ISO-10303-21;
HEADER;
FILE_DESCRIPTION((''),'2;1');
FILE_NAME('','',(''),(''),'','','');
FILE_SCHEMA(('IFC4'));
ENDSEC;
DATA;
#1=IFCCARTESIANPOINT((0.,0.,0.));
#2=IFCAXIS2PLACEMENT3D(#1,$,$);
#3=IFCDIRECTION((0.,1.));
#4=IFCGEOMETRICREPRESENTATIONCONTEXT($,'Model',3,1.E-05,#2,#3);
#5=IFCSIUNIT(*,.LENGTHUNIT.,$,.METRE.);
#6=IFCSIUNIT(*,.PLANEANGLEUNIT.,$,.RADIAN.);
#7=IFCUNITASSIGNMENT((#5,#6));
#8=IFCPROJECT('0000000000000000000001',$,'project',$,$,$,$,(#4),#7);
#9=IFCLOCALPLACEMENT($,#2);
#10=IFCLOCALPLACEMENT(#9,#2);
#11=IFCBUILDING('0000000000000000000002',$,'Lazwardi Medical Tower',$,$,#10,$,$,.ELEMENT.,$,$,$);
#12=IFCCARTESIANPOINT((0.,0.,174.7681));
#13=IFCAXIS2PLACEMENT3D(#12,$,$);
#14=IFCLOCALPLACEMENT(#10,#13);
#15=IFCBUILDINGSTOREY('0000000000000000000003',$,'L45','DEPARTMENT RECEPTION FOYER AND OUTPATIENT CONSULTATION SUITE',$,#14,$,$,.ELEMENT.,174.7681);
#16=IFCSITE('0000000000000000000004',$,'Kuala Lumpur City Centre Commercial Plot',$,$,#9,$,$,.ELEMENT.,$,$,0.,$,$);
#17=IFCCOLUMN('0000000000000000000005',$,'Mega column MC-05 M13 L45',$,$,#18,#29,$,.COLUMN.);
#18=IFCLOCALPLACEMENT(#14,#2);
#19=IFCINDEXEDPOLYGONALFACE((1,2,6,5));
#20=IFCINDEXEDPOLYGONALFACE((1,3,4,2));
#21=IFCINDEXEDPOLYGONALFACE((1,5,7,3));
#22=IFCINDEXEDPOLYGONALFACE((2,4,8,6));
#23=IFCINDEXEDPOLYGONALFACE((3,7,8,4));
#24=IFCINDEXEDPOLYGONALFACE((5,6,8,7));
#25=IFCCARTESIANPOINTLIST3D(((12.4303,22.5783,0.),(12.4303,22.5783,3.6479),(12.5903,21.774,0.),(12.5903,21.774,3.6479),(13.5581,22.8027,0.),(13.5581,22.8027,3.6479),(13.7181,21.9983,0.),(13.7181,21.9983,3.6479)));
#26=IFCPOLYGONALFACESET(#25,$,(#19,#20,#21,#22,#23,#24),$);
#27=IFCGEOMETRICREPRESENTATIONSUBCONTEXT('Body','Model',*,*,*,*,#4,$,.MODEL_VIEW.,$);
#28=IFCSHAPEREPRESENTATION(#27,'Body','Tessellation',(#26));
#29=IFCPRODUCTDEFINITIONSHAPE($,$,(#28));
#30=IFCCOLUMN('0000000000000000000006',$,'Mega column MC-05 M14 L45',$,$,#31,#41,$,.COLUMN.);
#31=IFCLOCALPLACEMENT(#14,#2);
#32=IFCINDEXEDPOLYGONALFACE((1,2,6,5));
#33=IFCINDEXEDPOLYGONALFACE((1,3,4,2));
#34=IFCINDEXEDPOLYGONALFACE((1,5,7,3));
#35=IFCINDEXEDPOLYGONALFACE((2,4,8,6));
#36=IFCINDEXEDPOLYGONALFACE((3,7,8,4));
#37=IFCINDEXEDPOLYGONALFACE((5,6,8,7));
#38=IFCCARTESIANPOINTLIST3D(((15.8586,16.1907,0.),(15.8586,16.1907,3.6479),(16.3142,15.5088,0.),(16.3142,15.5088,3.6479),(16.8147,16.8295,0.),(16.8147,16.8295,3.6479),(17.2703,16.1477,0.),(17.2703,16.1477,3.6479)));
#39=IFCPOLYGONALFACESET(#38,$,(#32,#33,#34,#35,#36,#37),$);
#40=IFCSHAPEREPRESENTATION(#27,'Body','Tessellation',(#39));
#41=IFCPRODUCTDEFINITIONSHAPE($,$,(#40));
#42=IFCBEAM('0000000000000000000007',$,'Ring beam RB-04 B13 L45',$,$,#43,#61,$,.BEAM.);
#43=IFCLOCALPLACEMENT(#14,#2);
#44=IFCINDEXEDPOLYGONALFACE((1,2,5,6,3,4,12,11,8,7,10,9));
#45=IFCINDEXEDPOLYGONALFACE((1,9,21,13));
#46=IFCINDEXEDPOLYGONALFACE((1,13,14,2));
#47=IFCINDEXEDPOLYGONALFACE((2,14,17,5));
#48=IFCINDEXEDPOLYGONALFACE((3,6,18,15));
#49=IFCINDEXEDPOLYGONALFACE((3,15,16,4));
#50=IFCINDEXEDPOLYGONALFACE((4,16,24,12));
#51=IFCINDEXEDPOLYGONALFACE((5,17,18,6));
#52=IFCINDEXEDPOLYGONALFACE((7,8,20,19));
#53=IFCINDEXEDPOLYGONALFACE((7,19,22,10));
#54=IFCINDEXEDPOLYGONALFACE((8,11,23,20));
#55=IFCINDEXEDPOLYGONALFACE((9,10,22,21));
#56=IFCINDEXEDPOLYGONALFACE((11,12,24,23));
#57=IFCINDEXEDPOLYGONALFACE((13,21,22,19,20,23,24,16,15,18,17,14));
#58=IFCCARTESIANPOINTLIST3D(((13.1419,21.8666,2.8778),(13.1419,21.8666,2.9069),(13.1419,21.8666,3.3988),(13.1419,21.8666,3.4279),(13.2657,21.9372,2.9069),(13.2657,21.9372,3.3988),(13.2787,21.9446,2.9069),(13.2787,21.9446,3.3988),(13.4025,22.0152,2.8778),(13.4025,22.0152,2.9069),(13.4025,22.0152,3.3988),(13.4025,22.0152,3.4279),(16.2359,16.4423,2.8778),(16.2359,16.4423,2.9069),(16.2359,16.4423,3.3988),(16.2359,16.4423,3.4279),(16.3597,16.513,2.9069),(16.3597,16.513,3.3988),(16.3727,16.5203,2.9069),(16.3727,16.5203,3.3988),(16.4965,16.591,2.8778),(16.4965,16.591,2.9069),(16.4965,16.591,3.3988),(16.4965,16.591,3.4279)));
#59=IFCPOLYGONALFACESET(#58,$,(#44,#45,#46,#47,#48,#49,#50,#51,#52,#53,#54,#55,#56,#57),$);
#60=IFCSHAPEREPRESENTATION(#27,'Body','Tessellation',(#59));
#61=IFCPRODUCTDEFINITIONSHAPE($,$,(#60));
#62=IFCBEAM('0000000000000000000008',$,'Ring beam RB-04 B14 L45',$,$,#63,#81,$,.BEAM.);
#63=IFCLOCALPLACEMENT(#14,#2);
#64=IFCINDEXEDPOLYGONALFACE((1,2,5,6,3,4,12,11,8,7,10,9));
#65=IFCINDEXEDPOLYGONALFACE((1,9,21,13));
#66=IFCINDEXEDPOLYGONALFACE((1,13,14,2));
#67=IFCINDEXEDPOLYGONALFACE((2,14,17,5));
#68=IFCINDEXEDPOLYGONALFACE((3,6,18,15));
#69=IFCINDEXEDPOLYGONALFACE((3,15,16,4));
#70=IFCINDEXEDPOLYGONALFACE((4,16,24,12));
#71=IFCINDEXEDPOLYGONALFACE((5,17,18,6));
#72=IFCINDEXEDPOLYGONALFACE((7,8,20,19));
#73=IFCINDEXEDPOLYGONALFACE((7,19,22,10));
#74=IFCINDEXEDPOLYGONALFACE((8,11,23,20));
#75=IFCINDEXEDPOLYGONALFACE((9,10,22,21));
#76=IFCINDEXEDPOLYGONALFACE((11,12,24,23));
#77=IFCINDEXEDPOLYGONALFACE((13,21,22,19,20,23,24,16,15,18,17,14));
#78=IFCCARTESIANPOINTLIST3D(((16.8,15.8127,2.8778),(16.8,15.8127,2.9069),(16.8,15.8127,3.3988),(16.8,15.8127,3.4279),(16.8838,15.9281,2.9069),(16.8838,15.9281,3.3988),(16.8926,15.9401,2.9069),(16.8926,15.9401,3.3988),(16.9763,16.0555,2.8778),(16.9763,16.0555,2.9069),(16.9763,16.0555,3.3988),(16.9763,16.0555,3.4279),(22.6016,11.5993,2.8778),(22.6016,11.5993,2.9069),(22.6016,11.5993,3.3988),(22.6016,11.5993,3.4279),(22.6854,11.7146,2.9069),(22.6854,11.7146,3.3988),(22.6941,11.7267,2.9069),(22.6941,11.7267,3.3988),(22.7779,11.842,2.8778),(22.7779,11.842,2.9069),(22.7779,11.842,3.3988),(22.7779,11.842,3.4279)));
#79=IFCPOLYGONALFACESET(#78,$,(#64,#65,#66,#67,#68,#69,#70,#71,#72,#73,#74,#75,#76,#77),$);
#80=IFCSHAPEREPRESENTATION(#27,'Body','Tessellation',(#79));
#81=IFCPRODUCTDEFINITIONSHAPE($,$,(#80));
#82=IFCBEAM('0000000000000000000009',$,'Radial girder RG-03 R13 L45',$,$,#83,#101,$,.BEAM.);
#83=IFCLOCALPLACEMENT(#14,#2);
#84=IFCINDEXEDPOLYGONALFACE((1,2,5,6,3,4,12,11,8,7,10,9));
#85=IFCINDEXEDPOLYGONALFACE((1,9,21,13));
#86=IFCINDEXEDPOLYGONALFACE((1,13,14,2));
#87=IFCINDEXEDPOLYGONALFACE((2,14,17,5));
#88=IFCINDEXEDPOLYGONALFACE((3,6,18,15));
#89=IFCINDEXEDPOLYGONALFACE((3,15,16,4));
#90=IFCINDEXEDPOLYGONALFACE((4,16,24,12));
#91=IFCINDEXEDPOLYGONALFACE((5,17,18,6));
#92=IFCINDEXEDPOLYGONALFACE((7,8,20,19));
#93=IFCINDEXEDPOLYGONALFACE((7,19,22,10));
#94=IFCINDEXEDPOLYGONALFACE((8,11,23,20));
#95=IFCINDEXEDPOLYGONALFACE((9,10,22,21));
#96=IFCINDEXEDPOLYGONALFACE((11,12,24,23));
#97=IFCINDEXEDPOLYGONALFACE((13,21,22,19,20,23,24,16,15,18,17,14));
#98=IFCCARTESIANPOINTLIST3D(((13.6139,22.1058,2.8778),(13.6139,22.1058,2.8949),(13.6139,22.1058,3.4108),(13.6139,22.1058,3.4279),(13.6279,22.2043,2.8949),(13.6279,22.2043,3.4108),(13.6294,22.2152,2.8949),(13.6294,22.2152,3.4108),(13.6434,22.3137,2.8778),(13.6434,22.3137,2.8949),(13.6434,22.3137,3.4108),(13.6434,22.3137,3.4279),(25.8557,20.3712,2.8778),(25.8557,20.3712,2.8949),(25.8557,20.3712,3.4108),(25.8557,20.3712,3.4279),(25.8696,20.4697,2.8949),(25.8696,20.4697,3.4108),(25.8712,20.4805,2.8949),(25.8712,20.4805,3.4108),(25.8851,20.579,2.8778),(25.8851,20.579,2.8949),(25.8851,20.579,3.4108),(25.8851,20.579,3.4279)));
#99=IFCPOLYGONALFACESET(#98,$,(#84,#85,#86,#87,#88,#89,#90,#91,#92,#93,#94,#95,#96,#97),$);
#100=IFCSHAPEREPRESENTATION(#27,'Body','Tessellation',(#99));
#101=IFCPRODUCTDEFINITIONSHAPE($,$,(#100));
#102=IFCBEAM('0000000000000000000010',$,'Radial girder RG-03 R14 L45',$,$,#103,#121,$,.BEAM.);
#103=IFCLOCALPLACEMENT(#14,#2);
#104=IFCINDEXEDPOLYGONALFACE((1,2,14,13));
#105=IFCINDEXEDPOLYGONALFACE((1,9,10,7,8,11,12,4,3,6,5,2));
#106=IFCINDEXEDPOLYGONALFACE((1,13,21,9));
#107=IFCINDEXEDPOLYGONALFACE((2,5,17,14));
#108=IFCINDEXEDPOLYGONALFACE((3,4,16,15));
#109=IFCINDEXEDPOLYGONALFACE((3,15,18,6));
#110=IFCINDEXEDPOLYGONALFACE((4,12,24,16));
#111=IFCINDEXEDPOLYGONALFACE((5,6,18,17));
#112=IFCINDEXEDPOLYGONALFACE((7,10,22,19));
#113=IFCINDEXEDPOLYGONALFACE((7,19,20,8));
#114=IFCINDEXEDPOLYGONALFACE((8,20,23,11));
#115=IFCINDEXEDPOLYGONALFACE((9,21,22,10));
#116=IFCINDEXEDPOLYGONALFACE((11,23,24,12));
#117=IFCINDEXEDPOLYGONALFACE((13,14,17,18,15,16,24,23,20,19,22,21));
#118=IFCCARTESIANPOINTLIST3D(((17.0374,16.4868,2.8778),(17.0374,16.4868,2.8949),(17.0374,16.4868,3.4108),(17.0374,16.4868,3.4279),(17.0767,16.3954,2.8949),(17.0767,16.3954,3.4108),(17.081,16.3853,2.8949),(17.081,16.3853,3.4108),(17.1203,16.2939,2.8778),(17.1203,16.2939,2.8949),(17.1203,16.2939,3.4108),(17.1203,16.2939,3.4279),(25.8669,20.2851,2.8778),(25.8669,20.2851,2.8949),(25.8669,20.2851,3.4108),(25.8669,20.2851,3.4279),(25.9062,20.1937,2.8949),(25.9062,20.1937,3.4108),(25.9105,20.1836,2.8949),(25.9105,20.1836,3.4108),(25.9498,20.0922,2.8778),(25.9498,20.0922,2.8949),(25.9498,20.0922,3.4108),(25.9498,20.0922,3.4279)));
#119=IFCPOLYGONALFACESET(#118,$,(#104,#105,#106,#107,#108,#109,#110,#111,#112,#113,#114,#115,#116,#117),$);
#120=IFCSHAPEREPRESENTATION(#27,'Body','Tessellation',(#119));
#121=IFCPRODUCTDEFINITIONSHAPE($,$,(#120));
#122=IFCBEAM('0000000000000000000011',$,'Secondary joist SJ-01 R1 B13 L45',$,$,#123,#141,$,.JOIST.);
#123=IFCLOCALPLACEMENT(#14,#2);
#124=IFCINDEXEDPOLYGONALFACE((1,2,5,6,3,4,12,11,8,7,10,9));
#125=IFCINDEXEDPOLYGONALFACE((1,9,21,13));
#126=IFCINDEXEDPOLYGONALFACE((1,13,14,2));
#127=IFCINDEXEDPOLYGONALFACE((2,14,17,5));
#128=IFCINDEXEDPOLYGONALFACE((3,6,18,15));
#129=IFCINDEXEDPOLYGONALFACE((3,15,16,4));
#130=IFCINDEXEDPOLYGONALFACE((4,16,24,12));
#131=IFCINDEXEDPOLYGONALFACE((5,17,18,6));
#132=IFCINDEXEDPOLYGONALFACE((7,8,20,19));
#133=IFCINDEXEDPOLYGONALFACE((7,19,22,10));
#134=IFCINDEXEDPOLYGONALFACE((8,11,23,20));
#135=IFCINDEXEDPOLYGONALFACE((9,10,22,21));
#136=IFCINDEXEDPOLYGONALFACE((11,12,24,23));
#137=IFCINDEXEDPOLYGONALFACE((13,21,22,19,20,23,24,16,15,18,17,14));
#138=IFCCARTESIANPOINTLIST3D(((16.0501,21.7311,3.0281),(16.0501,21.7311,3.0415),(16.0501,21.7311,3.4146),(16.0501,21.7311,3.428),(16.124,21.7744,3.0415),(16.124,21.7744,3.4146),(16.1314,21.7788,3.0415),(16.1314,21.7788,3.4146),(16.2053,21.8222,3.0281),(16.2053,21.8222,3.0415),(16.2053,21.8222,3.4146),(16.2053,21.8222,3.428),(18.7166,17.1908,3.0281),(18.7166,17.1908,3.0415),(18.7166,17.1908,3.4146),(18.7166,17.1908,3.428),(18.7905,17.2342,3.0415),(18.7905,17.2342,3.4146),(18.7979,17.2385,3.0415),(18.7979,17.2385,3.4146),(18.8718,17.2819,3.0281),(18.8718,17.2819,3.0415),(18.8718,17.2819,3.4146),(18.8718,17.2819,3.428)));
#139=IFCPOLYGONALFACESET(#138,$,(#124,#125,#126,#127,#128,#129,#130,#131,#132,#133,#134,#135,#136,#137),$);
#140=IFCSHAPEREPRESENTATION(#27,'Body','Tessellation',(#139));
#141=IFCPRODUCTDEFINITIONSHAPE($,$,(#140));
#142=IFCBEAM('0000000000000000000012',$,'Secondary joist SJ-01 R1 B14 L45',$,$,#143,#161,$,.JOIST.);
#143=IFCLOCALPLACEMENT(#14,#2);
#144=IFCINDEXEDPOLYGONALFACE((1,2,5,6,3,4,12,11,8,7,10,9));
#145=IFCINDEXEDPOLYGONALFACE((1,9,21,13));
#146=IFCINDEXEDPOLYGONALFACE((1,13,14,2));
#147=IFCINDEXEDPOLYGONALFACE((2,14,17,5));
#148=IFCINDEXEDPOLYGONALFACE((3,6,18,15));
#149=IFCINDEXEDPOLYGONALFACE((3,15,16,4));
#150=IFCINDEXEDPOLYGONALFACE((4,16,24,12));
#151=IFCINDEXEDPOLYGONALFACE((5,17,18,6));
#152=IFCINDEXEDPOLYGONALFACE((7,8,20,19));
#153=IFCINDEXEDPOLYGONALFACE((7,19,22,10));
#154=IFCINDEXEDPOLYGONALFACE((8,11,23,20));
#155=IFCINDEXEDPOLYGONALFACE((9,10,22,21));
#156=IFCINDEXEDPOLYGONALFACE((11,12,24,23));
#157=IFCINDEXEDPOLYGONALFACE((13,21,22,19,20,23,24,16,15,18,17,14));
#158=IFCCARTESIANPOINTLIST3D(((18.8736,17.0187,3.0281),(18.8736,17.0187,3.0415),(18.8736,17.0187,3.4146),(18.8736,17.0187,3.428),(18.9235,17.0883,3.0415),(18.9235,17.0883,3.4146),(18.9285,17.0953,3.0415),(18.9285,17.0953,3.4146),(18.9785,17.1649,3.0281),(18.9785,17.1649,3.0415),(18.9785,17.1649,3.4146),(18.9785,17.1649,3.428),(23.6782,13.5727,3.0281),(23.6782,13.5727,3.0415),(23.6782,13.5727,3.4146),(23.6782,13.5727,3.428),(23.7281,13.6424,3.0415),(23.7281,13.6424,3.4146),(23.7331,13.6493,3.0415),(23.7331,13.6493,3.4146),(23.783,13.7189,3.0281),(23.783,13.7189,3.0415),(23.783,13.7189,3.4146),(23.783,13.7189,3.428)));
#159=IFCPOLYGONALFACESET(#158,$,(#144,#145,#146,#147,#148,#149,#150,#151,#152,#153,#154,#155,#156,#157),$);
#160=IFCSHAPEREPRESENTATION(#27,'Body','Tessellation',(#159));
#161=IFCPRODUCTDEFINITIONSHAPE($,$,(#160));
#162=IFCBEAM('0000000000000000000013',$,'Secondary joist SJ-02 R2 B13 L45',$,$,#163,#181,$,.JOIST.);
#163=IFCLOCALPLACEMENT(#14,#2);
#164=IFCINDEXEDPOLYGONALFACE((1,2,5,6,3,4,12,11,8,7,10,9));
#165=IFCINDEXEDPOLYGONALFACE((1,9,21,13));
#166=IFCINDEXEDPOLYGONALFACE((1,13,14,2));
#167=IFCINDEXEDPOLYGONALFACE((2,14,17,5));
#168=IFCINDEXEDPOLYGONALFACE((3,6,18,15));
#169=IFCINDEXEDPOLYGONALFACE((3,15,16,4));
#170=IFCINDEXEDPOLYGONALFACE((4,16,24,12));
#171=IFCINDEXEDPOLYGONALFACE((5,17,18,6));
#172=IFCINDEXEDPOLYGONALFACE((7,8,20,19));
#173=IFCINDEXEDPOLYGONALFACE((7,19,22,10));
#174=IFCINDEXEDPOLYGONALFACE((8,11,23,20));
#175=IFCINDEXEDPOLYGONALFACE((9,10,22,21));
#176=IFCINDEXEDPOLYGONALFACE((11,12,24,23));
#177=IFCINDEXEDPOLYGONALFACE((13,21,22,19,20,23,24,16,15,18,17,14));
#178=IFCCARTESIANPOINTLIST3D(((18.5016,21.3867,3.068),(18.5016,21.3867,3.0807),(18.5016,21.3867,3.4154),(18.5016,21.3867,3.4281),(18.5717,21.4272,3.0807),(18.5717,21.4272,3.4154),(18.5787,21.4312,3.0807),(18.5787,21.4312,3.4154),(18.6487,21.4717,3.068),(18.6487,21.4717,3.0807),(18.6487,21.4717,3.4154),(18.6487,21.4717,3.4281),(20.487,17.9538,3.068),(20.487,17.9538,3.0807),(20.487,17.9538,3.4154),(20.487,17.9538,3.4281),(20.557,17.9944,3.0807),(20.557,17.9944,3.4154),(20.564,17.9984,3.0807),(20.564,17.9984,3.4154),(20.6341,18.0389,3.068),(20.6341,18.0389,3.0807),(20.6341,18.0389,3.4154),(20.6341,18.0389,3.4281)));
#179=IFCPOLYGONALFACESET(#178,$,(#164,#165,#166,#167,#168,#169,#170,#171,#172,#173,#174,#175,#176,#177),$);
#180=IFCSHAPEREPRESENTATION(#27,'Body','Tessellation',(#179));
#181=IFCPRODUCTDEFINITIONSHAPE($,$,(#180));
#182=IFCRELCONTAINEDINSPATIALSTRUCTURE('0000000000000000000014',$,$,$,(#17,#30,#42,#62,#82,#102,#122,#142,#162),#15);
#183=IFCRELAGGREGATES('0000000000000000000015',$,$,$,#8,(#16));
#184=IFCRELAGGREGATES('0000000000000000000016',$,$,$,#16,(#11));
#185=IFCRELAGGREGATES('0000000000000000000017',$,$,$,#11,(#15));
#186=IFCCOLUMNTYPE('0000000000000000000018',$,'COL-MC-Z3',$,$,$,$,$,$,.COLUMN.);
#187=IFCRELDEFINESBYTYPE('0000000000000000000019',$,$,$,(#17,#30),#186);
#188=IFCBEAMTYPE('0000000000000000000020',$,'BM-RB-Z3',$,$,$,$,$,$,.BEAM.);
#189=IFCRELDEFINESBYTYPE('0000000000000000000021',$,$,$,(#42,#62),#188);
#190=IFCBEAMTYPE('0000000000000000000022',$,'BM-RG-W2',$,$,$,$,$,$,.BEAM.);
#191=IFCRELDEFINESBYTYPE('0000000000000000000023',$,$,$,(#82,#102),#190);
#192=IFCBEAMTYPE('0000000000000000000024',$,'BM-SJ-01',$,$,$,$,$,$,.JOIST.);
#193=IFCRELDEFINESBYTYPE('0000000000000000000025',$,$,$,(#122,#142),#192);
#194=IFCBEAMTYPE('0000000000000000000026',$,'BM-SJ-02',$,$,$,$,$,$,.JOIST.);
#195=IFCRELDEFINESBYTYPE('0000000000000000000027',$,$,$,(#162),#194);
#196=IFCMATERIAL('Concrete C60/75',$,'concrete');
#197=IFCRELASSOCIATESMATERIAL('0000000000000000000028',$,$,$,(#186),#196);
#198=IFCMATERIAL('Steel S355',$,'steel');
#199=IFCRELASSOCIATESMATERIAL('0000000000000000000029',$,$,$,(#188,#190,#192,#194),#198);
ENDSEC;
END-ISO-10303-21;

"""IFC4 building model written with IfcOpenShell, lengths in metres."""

from ifc_helpers import new_model, si_unit, direction, frame, origin, origin_2d, place, context, subcontext, project, spatial, rectangle, i_section, extrude, material, material_profile, profile_set, type_object, element, save


model = new_model("IFC4")

# Units and contexts
model_context = context("Model", 3, precision=1e-05, world=origin(), true_north=direction((0.0, 1.0)))
body_context = subcontext(model_context, "Body", "Model", "MODEL_VIEW")
ifc_project = project(units=[si_unit("LENGTHUNIT", "METRE"), si_unit("PLANEANGLEUNIT", "RADIAN")], contexts=[model_context])

# Site, building, storey
site_placement = place(None, origin())
site = spatial("IfcSite", under=ifc_project, at=site_placement, Name="Kuala Lumpur City Centre Commercial Plot", CompositionType="ELEMENT", RefElevation=0.0)
building_placement = place(site_placement, origin())
building = spatial("IfcBuilding", under=site, at=building_placement, Name="Lazwardi Medical Tower", CompositionType="ELEMENT")
storey_placement = place(building_placement, frame((0.0, 0.0, 174.7681)))
storey = spatial("IfcBuildingStorey", under=building, at=storey_placement, Name="L45", Description="DEPARTMENT RECEPTION FOYER AND OUTPATIENT CONSULTATION SUITE", CompositionType="ELEMENT", Elevation=174.7681)

# Columns
ifc_material_1 = material(Name="Concrete C60/75", Category="concrete")
ifc_material_profile_1 = material_profile(ifc_material_1, rectangle(XDim=1.1499, YDim=0.8201, at=origin_2d()), Name="CFT-RECT 1150x820")
ifc_profile_set_1 = profile_set([ifc_material_profile_1], Name="Concrete C60/75")
column_type = type_object("IfcColumnType", Name="COL-MC-Z3", PredefinedType="COLUMN", material=ifc_profile_set_1)
for number, where, z_axis, x_axis, name in (
    (1, (13.0742, 22.2883, 0.0), (0.0, 0.0, 1.0), (-0.980785, -0.19509, 0.0), "Mega column MC-05 M13 L45"),
    (2, (16.5645, 16.1692, 0.0), (0.0, 0.0, 1.0), (-0.83147, -0.55557, 0.0), "Mega column MC-05 M14 L45"),
):
    element("IfcColumn", number, at=place(storey_placement, frame(where, z_axis=z_axis, x_axis=x_axis)), inside=storey, type_object=column_type, Name=name, PredefinedType="COLUMN", context=body_context, shape_type="SweptSolid", body=[
        extrude(rectangle(XDim=1.1499, YDim=0.8201, at=origin_2d()), origin(), (0.0, 0.0, 1.0), 3.6479),
    ])

# Beams
ifc_material_2 = material(Name="Steel S355", Category="steel")
ifc_material_profile_2 = material_profile(ifc_material_2, i_section(OverallWidth=0.3, OverallDepth=0.55, WebThickness=0.0149, FlangeThickness=0.0291, at=origin_2d()), Name="HEB 550")
ifc_profile_set_2 = profile_set([ifc_material_profile_2], Name="Steel S355")
beam_type_1 = type_object("IfcBeamType", Name="BM-RB-Z3", PredefinedType="BEAM", material=ifc_profile_set_2)
beam_1_placement = place(storey_placement, frame((13.2722, 21.9409, 3.1528), z_axis=(0.495461, -0.86863, 0.0), x_axis=(0.86863, 0.495461, 0.0)))
element("IfcBeam", 3, at=beam_1_placement, inside=storey, type_object=beam_type_1, Name="Ring beam RB-04 B13 L45", PredefinedType="BEAM", context=body_context, shape_type="SweptSolid", body=[
    extrude(i_section(OverallWidth=0.3, OverallDepth=0.55, WebThickness=0.0149, FlangeThickness=0.0291, at=origin_2d()), origin(), (0.0, 0.0, 1.0), 6.2446),
])
beam_2_placement = place(storey_placement, frame((16.8882, 15.9341, 3.1528), z_axis=(0.809128, -0.587633, 0.0), x_axis=(0.587633, 0.809128, 0.0)))
element("IfcBeam", 4, at=beam_2_placement, inside=storey, type_object=beam_type_1, Name="Ring beam RB-04 B14 L45", PredefinedType="BEAM", context=body_context, shape_type="SweptSolid", body=[
    extrude(i_section(OverallWidth=0.3, OverallDepth=0.55, WebThickness=0.0149, FlangeThickness=0.0291, at=origin_2d()), origin(), (0.0, 0.0, 1.0), 7.1702),
])
ifc_material_profile_3 = material_profile(ifc_material_2, i_section(OverallWidth=0.21, OverallDepth=0.55, WebThickness=0.011, FlangeThickness=0.0171, at=origin_2d()), Name="IPE 550")
ifc_profile_set_3 = profile_set([ifc_material_profile_3], Name="Steel S355")
beam_type_2 = type_object("IfcBeamType", Name="BM-RG-W2", PredefinedType="BEAM", material=ifc_profile_set_3)
beam_3_placement = place(storey_placement, frame((13.6287, 22.2097, 3.1528), z_axis=(0.99011, -0.140296, 0.0), x_axis=(0.140296, 0.99011, 0.0)))
element("IfcBeam", 5, at=beam_3_placement, inside=storey, type_object=beam_type_2, Name="Radial girder RG-03 R13 L45", PredefinedType="BEAM", context=body_context, shape_type="SweptSolid", body=[
    extrude(i_section(OverallWidth=0.21, OverallDepth=0.55, WebThickness=0.011, FlangeThickness=0.0171, at=origin_2d()), origin(), (0.0, 0.0, 1.0), 12.364),
])
beam_4_placement = place(storey_placement, frame((17.0789, 16.3904, 3.1528), z_axis=(0.918608, 0.39517, 0.0), x_axis=(-0.39517, 0.918608, 0.0)))
element("IfcBeam", 6, at=beam_4_placement, inside=storey, type_object=beam_type_2, Name="Radial girder RG-03 R14 L45", PredefinedType="BEAM", context=body_context, shape_type="SweptSolid", body=[
    extrude(i_section(OverallWidth=0.21, OverallDepth=0.55, WebThickness=0.011, FlangeThickness=0.0171, at=origin_2d()), origin(), (0.0, 0.0, 1.0), 9.6118),
])
ifc_material_profile_4 = material_profile(ifc_material_2, i_section(OverallWidth=0.1799, OverallDepth=0.3999, WebThickness=0.0085, FlangeThickness=0.0134, at=origin_2d()), Name="IPE 400")
ifc_profile_set_4 = profile_set([ifc_material_profile_4], Name="Steel S355")
beam_type_3 = type_object("IfcBeamType", Name="BM-SJ-01", PredefinedType="JOIST", material=ifc_profile_set_4)
beam_5_placement = place(storey_placement, frame((16.1277, 21.7766, 3.228), z_axis=(0.50642, -0.862287, 0.0), x_axis=(0.862287, 0.50642, 0.0)))
element("IfcBeam", 7, at=beam_5_placement, inside=storey, type_object=beam_type_3, Name="Secondary joist SJ-01 R1 B13 L45", PredefinedType="JOIST", context=body_context, shape_type="SweptSolid", body=[
    extrude(i_section(OverallWidth=0.1799, OverallDepth=0.3999, WebThickness=0.0085, FlangeThickness=0.0134, at=origin_2d()), origin(), (0.0, 0.0, 1.0), 5.2654),
])
beam_6_placement = place(storey_placement, frame((18.926, 17.0918, 3.228), z_axis=(0.812602, -0.582819, 0.0), x_axis=(0.582819, 0.812602, 0.0)))
element("IfcBeam", 8, at=beam_6_placement, inside=storey, type_object=beam_type_3, Name="Secondary joist SJ-01 R1 B14 L45", PredefinedType="JOIST", context=body_context, shape_type="SweptSolid", body=[
    extrude(i_section(OverallWidth=0.1799, OverallDepth=0.3999, WebThickness=0.0085, FlangeThickness=0.0134, at=origin_2d()), origin(), (0.0, 0.0, 1.0), 5.9126),
])
ifc_material_profile_5 = material_profile(ifc_material_2, i_section(OverallWidth=0.1699, OverallDepth=0.3601, WebThickness=0.0081, FlangeThickness=0.0127, at=origin_2d()), Name="IPE 360")
ifc_profile_set_5 = profile_set([ifc_material_profile_5], Name="Steel S355")
beam_type_4 = type_object("IfcBeamType", Name="BM-SJ-02", PredefinedType="JOIST", material=ifc_profile_set_5)
beam_7_placement = place(storey_placement, frame((18.5752, 21.4292, 3.248), z_axis=(0.500641, -0.865655, 0.0), x_axis=(0.865655, 0.500641, 0.0)))
element("IfcBeam", 9, at=beam_7_placement, inside=storey, type_object=beam_type_4, Name="Secondary joist SJ-02 R2 B13 L45", PredefinedType="JOIST", context=body_context, shape_type="SweptSolid", body=[
    extrude(i_section(OverallWidth=0.1699, OverallDepth=0.3601, WebThickness=0.0081, FlangeThickness=0.0127, at=origin_2d()), origin(), (0.0, 0.0, 1.0), 3.9656),
])

save(model, "model.ifc")
